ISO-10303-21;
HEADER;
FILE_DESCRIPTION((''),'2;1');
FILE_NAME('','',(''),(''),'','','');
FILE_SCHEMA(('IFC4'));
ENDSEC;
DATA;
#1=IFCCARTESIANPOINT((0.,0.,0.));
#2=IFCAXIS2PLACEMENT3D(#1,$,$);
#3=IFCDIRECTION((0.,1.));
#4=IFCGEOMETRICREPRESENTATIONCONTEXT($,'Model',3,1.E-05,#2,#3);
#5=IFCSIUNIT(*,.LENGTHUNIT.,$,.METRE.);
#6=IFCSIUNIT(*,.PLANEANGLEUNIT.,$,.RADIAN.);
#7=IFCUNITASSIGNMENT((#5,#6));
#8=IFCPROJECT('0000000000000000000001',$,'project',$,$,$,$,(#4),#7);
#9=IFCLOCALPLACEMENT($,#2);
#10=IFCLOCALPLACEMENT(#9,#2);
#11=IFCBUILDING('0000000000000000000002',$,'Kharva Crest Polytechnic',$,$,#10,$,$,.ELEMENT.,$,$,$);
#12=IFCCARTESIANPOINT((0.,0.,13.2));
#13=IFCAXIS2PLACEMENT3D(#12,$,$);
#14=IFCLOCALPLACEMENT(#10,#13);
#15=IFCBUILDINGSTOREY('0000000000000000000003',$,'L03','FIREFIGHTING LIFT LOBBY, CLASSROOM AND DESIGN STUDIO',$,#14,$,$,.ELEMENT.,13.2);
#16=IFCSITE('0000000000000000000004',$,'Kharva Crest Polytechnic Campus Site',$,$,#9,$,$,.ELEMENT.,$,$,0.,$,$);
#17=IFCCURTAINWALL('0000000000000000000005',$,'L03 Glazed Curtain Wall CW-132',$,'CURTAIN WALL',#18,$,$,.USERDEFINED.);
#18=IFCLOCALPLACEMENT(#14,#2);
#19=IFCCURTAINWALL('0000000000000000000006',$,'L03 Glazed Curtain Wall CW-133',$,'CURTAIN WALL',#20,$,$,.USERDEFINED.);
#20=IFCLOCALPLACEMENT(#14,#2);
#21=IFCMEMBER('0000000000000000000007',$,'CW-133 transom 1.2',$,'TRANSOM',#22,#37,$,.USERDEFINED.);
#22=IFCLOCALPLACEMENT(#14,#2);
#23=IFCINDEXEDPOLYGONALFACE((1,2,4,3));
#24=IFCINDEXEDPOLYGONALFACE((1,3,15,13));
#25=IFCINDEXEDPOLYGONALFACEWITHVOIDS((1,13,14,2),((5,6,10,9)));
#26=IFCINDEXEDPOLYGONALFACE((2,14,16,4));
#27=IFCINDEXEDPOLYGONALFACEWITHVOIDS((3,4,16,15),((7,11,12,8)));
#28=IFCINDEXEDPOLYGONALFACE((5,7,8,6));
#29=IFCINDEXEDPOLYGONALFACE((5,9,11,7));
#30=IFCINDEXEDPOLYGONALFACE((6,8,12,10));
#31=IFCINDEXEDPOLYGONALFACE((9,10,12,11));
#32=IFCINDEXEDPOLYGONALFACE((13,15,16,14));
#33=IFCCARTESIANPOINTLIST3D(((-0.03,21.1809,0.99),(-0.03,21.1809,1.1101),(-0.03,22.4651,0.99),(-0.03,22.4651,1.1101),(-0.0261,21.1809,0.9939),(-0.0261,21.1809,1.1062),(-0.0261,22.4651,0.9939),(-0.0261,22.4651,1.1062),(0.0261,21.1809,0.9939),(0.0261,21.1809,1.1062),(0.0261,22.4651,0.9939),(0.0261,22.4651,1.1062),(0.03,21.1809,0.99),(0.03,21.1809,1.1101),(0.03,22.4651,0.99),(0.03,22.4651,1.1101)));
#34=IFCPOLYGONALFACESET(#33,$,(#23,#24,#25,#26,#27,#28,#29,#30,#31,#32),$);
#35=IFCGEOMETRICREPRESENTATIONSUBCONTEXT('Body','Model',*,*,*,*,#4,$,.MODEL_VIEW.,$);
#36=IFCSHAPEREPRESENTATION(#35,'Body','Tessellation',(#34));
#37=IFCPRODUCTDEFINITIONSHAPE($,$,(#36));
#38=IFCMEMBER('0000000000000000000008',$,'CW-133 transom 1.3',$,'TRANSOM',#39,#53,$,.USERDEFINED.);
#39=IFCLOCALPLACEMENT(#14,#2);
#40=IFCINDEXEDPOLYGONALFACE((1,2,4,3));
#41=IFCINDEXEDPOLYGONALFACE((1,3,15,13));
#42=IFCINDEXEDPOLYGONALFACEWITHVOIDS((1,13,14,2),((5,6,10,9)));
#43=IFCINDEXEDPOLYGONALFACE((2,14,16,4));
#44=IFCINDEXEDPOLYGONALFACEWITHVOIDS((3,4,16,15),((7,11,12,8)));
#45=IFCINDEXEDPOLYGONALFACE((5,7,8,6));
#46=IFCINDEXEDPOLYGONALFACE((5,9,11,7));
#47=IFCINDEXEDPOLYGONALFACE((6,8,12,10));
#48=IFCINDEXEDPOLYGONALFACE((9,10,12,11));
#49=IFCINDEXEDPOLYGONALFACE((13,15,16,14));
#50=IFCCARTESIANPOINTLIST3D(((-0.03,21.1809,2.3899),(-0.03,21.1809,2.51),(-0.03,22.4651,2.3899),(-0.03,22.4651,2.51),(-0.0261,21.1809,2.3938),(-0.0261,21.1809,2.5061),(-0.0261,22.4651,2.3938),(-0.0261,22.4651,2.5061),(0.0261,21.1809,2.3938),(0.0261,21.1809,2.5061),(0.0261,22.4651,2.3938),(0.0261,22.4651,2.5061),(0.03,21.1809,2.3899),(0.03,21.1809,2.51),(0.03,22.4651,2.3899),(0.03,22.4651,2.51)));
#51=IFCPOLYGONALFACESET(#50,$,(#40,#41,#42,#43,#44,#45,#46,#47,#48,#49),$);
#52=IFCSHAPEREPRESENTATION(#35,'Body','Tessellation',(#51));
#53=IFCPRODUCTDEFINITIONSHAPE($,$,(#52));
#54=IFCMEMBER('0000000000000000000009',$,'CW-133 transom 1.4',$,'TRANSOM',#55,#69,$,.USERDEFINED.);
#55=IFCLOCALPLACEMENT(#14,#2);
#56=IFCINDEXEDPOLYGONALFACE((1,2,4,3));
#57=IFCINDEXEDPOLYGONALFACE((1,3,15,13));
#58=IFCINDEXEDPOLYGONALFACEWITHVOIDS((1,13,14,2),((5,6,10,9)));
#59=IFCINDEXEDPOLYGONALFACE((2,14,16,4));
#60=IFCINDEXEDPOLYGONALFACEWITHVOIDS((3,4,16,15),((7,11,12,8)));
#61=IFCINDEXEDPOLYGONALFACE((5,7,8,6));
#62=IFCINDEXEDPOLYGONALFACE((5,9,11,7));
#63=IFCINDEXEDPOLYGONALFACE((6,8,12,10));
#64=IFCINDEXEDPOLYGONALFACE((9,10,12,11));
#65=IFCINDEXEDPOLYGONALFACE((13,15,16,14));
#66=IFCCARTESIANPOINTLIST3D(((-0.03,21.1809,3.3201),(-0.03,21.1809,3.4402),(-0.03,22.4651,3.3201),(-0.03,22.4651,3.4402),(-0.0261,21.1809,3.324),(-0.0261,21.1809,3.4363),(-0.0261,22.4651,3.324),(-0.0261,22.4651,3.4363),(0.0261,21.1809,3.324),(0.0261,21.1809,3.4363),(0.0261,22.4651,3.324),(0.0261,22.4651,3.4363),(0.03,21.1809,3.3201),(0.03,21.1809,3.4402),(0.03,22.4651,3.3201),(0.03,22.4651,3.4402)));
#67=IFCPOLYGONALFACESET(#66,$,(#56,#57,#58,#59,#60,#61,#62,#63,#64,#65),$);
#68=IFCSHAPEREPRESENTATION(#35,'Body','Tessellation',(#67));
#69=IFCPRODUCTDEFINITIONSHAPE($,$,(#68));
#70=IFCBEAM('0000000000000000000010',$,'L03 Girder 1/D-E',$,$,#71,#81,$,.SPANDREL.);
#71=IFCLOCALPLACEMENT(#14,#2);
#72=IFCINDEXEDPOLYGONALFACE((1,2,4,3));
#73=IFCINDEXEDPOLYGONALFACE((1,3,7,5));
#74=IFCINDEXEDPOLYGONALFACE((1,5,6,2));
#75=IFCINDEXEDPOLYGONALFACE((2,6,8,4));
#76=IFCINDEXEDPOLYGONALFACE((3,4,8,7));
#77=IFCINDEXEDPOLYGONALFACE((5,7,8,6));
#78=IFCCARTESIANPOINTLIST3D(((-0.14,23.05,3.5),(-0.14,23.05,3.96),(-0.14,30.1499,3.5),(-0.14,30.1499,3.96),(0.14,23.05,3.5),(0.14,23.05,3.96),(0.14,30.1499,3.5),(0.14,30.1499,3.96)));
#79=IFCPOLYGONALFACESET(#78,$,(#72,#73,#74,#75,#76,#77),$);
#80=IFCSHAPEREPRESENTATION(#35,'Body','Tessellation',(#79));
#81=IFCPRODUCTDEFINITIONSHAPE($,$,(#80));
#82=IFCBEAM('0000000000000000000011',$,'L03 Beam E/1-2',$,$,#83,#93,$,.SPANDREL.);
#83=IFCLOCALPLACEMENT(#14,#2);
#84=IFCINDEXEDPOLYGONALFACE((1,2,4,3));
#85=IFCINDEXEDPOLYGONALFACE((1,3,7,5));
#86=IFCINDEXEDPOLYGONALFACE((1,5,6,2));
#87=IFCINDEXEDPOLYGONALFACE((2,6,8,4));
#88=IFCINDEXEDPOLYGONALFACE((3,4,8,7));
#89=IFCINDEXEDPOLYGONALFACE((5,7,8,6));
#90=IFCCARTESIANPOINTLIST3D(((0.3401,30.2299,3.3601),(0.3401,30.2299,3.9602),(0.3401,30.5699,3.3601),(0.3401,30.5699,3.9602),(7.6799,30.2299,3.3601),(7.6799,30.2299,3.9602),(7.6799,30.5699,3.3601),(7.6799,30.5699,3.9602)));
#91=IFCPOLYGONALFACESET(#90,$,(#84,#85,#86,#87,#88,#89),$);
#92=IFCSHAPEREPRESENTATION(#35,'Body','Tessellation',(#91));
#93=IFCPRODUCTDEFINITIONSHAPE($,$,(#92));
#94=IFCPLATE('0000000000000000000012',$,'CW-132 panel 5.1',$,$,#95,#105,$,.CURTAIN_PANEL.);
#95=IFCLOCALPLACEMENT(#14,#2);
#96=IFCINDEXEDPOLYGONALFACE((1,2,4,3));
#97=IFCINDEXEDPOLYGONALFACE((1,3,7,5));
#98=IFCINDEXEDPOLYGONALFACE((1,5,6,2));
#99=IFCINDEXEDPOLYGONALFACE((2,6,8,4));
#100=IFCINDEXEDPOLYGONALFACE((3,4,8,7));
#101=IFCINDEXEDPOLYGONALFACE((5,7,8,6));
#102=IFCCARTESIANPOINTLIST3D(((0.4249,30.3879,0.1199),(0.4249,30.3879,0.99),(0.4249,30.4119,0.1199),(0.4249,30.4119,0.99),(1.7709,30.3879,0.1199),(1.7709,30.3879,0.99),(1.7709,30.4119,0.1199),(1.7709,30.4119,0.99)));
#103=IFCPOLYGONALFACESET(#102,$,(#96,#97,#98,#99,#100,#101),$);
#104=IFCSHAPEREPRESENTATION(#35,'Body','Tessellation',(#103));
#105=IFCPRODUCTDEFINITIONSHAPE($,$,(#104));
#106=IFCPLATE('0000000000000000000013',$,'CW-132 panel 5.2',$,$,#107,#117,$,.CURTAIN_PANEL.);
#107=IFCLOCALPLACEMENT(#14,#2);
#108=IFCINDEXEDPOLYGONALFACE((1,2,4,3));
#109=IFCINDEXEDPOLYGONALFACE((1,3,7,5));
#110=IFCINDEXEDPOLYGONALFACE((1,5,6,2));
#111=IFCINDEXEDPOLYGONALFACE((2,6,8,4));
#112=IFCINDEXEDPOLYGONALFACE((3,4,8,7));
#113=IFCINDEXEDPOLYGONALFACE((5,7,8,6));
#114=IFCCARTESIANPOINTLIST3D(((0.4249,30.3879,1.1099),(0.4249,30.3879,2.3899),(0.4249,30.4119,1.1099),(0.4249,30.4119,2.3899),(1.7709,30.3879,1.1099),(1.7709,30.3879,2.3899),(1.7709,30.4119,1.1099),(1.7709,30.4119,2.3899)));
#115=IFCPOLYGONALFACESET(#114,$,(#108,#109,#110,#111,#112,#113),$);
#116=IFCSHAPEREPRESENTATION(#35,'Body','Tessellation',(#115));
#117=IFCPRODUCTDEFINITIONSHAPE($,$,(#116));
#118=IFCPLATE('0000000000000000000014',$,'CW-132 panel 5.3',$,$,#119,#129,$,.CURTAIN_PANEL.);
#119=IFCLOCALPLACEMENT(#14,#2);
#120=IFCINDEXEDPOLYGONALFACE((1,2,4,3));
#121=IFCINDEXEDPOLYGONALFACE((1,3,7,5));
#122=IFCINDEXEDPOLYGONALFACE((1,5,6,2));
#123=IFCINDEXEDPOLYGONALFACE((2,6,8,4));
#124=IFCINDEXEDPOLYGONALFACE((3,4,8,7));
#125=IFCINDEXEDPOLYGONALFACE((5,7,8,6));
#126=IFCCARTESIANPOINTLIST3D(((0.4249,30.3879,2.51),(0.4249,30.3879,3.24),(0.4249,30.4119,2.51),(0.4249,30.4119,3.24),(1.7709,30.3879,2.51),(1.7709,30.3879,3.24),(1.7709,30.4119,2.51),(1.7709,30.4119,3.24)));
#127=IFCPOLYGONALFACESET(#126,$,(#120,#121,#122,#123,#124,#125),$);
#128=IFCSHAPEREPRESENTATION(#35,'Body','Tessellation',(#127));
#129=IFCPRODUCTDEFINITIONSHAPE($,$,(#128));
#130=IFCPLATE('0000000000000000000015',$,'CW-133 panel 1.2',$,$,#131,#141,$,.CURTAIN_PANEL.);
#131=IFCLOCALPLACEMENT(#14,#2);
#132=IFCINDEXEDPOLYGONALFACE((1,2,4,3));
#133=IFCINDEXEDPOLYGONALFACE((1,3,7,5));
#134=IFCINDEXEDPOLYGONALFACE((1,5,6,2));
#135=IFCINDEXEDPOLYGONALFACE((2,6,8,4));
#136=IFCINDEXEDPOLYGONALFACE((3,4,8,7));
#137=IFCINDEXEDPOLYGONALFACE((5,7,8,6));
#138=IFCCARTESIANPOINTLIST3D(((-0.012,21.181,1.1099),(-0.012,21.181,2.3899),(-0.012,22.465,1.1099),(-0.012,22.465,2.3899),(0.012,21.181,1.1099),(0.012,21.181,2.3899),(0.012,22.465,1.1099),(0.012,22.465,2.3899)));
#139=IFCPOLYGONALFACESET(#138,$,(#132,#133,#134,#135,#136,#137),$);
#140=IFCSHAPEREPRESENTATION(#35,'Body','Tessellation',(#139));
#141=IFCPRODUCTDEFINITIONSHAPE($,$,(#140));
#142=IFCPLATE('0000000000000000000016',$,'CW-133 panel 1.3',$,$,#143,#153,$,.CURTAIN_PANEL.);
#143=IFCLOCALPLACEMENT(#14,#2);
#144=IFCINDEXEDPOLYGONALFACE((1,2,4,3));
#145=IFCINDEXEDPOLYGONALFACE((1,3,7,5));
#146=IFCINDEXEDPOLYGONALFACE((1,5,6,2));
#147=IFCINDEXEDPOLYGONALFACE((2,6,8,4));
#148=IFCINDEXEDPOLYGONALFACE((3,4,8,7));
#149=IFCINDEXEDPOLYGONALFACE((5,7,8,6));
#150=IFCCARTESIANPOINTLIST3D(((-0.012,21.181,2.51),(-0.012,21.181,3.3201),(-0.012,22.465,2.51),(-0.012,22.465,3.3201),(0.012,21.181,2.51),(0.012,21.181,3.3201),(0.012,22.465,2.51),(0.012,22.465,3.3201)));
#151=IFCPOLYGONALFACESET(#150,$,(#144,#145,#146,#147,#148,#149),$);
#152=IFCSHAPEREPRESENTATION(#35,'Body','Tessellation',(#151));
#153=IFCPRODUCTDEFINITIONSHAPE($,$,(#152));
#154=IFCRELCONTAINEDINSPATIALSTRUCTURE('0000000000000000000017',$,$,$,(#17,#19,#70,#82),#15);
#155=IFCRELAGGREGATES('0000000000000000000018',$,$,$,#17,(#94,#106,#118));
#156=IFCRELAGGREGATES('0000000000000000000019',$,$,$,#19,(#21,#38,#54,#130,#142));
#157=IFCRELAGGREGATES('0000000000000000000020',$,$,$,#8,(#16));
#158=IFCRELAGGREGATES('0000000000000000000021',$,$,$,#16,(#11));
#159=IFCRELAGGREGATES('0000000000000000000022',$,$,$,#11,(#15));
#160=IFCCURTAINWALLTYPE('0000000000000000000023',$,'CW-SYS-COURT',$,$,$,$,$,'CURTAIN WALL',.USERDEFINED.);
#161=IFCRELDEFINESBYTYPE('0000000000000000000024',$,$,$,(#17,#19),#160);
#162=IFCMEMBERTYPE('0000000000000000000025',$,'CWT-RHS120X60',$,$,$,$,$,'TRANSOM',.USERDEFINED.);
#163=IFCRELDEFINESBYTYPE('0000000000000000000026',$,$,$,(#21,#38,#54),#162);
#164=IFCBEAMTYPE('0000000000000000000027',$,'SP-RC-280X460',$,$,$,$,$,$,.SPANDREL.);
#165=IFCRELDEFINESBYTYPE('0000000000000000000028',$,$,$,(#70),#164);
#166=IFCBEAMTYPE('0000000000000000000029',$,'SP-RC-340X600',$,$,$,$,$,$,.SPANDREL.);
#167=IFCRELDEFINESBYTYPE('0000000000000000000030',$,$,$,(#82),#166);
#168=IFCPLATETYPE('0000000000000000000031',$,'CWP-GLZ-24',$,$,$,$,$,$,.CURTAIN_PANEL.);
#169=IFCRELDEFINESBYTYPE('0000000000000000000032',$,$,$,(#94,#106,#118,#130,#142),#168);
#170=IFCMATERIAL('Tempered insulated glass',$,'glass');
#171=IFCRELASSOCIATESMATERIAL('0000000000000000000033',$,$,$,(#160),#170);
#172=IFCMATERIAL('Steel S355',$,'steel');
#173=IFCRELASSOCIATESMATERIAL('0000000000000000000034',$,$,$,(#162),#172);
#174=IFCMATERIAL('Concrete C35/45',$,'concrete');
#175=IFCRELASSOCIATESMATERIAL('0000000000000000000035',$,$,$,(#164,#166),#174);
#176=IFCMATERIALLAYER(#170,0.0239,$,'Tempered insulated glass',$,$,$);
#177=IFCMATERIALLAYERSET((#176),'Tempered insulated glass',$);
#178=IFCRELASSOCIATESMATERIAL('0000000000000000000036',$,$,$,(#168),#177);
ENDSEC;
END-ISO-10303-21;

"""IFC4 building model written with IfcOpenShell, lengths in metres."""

from ifc_helpers import new_model, si_unit, direction, frame, origin, origin_2d, place, context, subcontext, project, spatial, rectangle, hollow_rectangle, extrude, material, layer, layer_set, material_profile, profile_set, type_object, element, aggregate, save


model = new_model("IFC4")

# Units and contexts
model_context = context("Model", 3, precision=1e-05, world=origin(), true_north=direction((0.0, 1.0)))
body_context = subcontext(model_context, "Body", "Model", "MODEL_VIEW")
ifc_project = project(units=[si_unit("LENGTHUNIT", "METRE"), si_unit("PLANEANGLEUNIT", "RADIAN")], contexts=[model_context])

# Site, building, storey
site_placement = place(None, origin())
site = spatial("IfcSite", under=ifc_project, at=site_placement, Name="Kharva Crest Polytechnic Campus Site", CompositionType="ELEMENT", RefElevation=0.0)
building_placement = place(site_placement, origin())
building = spatial("IfcBuilding", under=site, at=building_placement, Name="Kharva Crest Polytechnic", CompositionType="ELEMENT")
storey_placement = place(building_placement, frame((0.0, 0.0, 13.2)))
storey = spatial("IfcBuildingStorey", under=building, at=storey_placement, Name="L03", Description="FIREFIGHTING LIFT LOBBY, CLASSROOM AND DESIGN STUDIO", CompositionType="ELEMENT", Elevation=13.2)

# Shared definitions
ifc_material_1 = material(Name="Concrete C35/45", Category="concrete")

# Curtain wall
ifc_material_2 = material(Name="Tempered insulated glass", Category="glass")
curtain_wall_type = type_object("IfcCurtainWallType", Name="CW-SYS-COURT", ElementType="CURTAIN WALL", PredefinedType="USERDEFINED", material=ifc_material_2)
curtain_wall_1_placement = place(storey_placement, origin())
curtain_wall_1 = element("IfcCurtainWall", 1, at=curtain_wall_1_placement, inside=storey, type_object=curtain_wall_type, Name="L03 Glazed Curtain Wall CW-132", ObjectType="CURTAIN WALL", PredefinedType="USERDEFINED")
ifc_material_3 = material(Name="Steel S355", Category="steel")

# Curtain wall
curtain_wall_2_placement = place(storey_placement, origin())
curtain_wall_2 = element("IfcCurtainWall", 2, at=curtain_wall_2_placement, inside=storey, type_object=curtain_wall_type, Name="L03 Glazed Curtain Wall CW-133", ObjectType="CURTAIN WALL", PredefinedType="USERDEFINED")

# Members
ifc_material_profile_1 = material_profile(ifc_material_3, hollow_rectangle(XDim=0.0601, YDim=0.1201, WallThickness=0.0039, at=origin_2d()), Name="RHS 120X60X4.0")
ifc_profile_set_1 = profile_set([ifc_material_profile_1], Name="Steel S355")
member_type_1 = type_object("IfcMemberType", Name="CWT-RHS120X60", ElementType="TRANSOM", PredefinedType="USERDEFINED", material=ifc_profile_set_1)
member_1_placement = place(storey_placement, frame((0.0, 22.4651, 1.05), z_axis=(0.0, -1.0, 0.0), x_axis=(1.0, 0.0, 0.0)))
member_1 = element("IfcMember", 3, at=member_1_placement, type_object=member_type_1, Name="CW-133 transom 1.2", ObjectType="TRANSOM", PredefinedType="USERDEFINED", context=body_context, shape_type="SweptSolid", body=[
    extrude(hollow_rectangle(XDim=0.0601, YDim=0.1201, WallThickness=0.0039, at=origin_2d()), origin(), (0.0, 0.0, 1.0), 1.2842),
])
member_2_placement = place(storey_placement, frame((0.0, 22.4651, 2.45), z_axis=(0.0, -1.0, 0.0), x_axis=(1.0, 0.0, 0.0)))
member_2 = element("IfcMember", 4, at=member_2_placement, type_object=member_type_1, Name="CW-133 transom 1.3", ObjectType="TRANSOM", PredefinedType="USERDEFINED", context=body_context, shape_type="SweptSolid", body=[
    extrude(hollow_rectangle(XDim=0.0601, YDim=0.1201, WallThickness=0.0039, at=origin_2d()), origin(), (0.0, 0.0, 1.0), 1.2842),
])
member_3_placement = place(storey_placement, frame((0.0, 22.4651, 3.3801), z_axis=(0.0, -1.0, 0.0), x_axis=(1.0, 0.0, 0.0)))
member_3 = element("IfcMember", 5, at=member_3_placement, type_object=member_type_1, Name="CW-133 transom 1.4", ObjectType="TRANSOM", PredefinedType="USERDEFINED", context=body_context, shape_type="SweptSolid", body=[
    extrude(hollow_rectangle(XDim=0.0601, YDim=0.1201, WallThickness=0.0039, at=origin_2d()), origin(), (0.0, 0.0, 1.0), 1.2842),
])

# Beams
ifc_material_profile_2 = material_profile(ifc_material_1, rectangle(XDim=0.28, YDim=0.46, at=origin_2d()), Name="RECT 280 X 460")
ifc_profile_set_2 = profile_set([ifc_material_profile_2], Name="Concrete C35/45")
beam_type_1 = type_object("IfcBeamType", Name="SP-RC-280X460", PredefinedType="SPANDREL", material=ifc_profile_set_2)
beam_1_placement = place(storey_placement, frame((0.0, 23.05, 3.73), z_axis=(0.0, 1.0, 0.0), x_axis=(-1.0, 0.0, 0.0)))
element("IfcBeam", 6, at=beam_1_placement, inside=storey, type_object=beam_type_1, Name="L03 Girder 1/D-E", PredefinedType="SPANDREL", context=body_context, shape_type="SweptSolid", body=[
    extrude(rectangle(XDim=0.28, YDim=0.46, at=origin_2d()), origin(), (0.0, 0.0, 1.0), 7.0999),
])
ifc_material_profile_3 = material_profile(ifc_material_1, rectangle(XDim=0.3401, YDim=0.6001, at=origin_2d()), Name="RECT 340 X 600")
ifc_profile_set_3 = profile_set([ifc_material_profile_3], Name="Concrete C35/45")
beam_type_2 = type_object("IfcBeamType", Name="SP-RC-340X600", PredefinedType="SPANDREL", material=ifc_profile_set_3)
beam_2_placement = place(storey_placement, frame((0.3401, 30.3999, 3.6602), z_axis=(1.0, 0.0, 0.0), x_axis=(0.0, 1.0, 0.0)))
element("IfcBeam", 7, at=beam_2_placement, inside=storey, type_object=beam_type_2, Name="L03 Beam E/1-2", PredefinedType="SPANDREL", context=body_context, shape_type="SweptSolid", body=[
    extrude(rectangle(XDim=0.3401, YDim=0.6001, at=origin_2d()), origin(), (0.0, 0.0, 1.0), 7.3398),
])

# Plates
ifc_layer_1 = layer(ifc_material_2, 0.0239, Name="Tempered insulated glass")
ifc_layer_set_1 = layer_set([ifc_layer_1], Name="Tempered insulated glass")
plate_type = type_object("IfcPlateType", Name="CWP-GLZ-24", PredefinedType="CURTAIN_PANEL", material=ifc_layer_set_1)
plate_1_placement = place(storey_placement, frame((1.0979, 30.3999, 0.1199), z_axis=(0.0, 0.0, 1.0), x_axis=(-1.0, 0.0, 0.0)))
plate_1 = element("IfcPlate", 8, at=plate_1_placement, type_object=plate_type, Name="CW-132 panel 5.1", PredefinedType="CURTAIN_PANEL", context=body_context, shape_type="SweptSolid", body=[
    extrude(rectangle(XDim=1.3459, YDim=0.0239, at=origin_2d()), origin(), (0.0, 0.0, 1.0), 0.8701),
])
plate_2_placement = place(storey_placement, frame((1.0979, 30.3999, 1.1099), z_axis=(0.0, 0.0, 1.0), x_axis=(-1.0, 0.0, 0.0)))
plate_2 = element("IfcPlate", 9, at=plate_2_placement, type_object=plate_type, Name="CW-132 panel 5.2", PredefinedType="CURTAIN_PANEL", context=body_context, shape_type="SweptSolid", body=[
    extrude(rectangle(XDim=1.3459, YDim=0.0239, at=origin_2d()), origin(), (0.0, 0.0, 1.0), 1.28),
])
plate_3_placement = place(storey_placement, frame((1.0979, 30.3999, 2.51), z_axis=(0.0, 0.0, 1.0), x_axis=(-1.0, 0.0, 0.0)))
plate_3 = element("IfcPlate", 10, at=plate_3_placement, type_object=plate_type, Name="CW-132 panel 5.3", PredefinedType="CURTAIN_PANEL", context=body_context, shape_type="SweptSolid", body=[
    extrude(rectangle(XDim=1.3459, YDim=0.0239, at=origin_2d()), origin(), (0.0, 0.0, 1.0), 0.73),
])
aggregate(curtain_wall_1, [plate_1, plate_2, plate_3])
plate_4_placement = place(storey_placement, frame((0.0, 21.823, 1.1099), z_axis=(0.0, 0.0, 1.0), x_axis=(0.0, -1.0, 0.0)))
plate_4 = element("IfcPlate", 11, at=plate_4_placement, type_object=plate_type, Name="CW-133 panel 1.2", PredefinedType="CURTAIN_PANEL", context=body_context, shape_type="SweptSolid", body=[
    extrude(rectangle(XDim=1.2839, YDim=0.0239, at=origin_2d()), origin(), (0.0, 0.0, 1.0), 1.28),
])
plate_5_placement = place(storey_placement, frame((0.0, 21.823, 2.51), z_axis=(0.0, 0.0, 1.0), x_axis=(0.0, -1.0, 0.0)))
plate_5 = element("IfcPlate", 12, at=plate_5_placement, type_object=plate_type, Name="CW-133 panel 1.3", PredefinedType="CURTAIN_PANEL", context=body_context, shape_type="SweptSolid", body=[
    extrude(rectangle(XDim=1.2839, YDim=0.0239, at=origin_2d()), origin(), (0.0, 0.0, 1.0), 0.8101),
])
aggregate(curtain_wall_2, [member_1, member_2, member_3, plate_4, plate_5])

save(model, "model.ifc")
